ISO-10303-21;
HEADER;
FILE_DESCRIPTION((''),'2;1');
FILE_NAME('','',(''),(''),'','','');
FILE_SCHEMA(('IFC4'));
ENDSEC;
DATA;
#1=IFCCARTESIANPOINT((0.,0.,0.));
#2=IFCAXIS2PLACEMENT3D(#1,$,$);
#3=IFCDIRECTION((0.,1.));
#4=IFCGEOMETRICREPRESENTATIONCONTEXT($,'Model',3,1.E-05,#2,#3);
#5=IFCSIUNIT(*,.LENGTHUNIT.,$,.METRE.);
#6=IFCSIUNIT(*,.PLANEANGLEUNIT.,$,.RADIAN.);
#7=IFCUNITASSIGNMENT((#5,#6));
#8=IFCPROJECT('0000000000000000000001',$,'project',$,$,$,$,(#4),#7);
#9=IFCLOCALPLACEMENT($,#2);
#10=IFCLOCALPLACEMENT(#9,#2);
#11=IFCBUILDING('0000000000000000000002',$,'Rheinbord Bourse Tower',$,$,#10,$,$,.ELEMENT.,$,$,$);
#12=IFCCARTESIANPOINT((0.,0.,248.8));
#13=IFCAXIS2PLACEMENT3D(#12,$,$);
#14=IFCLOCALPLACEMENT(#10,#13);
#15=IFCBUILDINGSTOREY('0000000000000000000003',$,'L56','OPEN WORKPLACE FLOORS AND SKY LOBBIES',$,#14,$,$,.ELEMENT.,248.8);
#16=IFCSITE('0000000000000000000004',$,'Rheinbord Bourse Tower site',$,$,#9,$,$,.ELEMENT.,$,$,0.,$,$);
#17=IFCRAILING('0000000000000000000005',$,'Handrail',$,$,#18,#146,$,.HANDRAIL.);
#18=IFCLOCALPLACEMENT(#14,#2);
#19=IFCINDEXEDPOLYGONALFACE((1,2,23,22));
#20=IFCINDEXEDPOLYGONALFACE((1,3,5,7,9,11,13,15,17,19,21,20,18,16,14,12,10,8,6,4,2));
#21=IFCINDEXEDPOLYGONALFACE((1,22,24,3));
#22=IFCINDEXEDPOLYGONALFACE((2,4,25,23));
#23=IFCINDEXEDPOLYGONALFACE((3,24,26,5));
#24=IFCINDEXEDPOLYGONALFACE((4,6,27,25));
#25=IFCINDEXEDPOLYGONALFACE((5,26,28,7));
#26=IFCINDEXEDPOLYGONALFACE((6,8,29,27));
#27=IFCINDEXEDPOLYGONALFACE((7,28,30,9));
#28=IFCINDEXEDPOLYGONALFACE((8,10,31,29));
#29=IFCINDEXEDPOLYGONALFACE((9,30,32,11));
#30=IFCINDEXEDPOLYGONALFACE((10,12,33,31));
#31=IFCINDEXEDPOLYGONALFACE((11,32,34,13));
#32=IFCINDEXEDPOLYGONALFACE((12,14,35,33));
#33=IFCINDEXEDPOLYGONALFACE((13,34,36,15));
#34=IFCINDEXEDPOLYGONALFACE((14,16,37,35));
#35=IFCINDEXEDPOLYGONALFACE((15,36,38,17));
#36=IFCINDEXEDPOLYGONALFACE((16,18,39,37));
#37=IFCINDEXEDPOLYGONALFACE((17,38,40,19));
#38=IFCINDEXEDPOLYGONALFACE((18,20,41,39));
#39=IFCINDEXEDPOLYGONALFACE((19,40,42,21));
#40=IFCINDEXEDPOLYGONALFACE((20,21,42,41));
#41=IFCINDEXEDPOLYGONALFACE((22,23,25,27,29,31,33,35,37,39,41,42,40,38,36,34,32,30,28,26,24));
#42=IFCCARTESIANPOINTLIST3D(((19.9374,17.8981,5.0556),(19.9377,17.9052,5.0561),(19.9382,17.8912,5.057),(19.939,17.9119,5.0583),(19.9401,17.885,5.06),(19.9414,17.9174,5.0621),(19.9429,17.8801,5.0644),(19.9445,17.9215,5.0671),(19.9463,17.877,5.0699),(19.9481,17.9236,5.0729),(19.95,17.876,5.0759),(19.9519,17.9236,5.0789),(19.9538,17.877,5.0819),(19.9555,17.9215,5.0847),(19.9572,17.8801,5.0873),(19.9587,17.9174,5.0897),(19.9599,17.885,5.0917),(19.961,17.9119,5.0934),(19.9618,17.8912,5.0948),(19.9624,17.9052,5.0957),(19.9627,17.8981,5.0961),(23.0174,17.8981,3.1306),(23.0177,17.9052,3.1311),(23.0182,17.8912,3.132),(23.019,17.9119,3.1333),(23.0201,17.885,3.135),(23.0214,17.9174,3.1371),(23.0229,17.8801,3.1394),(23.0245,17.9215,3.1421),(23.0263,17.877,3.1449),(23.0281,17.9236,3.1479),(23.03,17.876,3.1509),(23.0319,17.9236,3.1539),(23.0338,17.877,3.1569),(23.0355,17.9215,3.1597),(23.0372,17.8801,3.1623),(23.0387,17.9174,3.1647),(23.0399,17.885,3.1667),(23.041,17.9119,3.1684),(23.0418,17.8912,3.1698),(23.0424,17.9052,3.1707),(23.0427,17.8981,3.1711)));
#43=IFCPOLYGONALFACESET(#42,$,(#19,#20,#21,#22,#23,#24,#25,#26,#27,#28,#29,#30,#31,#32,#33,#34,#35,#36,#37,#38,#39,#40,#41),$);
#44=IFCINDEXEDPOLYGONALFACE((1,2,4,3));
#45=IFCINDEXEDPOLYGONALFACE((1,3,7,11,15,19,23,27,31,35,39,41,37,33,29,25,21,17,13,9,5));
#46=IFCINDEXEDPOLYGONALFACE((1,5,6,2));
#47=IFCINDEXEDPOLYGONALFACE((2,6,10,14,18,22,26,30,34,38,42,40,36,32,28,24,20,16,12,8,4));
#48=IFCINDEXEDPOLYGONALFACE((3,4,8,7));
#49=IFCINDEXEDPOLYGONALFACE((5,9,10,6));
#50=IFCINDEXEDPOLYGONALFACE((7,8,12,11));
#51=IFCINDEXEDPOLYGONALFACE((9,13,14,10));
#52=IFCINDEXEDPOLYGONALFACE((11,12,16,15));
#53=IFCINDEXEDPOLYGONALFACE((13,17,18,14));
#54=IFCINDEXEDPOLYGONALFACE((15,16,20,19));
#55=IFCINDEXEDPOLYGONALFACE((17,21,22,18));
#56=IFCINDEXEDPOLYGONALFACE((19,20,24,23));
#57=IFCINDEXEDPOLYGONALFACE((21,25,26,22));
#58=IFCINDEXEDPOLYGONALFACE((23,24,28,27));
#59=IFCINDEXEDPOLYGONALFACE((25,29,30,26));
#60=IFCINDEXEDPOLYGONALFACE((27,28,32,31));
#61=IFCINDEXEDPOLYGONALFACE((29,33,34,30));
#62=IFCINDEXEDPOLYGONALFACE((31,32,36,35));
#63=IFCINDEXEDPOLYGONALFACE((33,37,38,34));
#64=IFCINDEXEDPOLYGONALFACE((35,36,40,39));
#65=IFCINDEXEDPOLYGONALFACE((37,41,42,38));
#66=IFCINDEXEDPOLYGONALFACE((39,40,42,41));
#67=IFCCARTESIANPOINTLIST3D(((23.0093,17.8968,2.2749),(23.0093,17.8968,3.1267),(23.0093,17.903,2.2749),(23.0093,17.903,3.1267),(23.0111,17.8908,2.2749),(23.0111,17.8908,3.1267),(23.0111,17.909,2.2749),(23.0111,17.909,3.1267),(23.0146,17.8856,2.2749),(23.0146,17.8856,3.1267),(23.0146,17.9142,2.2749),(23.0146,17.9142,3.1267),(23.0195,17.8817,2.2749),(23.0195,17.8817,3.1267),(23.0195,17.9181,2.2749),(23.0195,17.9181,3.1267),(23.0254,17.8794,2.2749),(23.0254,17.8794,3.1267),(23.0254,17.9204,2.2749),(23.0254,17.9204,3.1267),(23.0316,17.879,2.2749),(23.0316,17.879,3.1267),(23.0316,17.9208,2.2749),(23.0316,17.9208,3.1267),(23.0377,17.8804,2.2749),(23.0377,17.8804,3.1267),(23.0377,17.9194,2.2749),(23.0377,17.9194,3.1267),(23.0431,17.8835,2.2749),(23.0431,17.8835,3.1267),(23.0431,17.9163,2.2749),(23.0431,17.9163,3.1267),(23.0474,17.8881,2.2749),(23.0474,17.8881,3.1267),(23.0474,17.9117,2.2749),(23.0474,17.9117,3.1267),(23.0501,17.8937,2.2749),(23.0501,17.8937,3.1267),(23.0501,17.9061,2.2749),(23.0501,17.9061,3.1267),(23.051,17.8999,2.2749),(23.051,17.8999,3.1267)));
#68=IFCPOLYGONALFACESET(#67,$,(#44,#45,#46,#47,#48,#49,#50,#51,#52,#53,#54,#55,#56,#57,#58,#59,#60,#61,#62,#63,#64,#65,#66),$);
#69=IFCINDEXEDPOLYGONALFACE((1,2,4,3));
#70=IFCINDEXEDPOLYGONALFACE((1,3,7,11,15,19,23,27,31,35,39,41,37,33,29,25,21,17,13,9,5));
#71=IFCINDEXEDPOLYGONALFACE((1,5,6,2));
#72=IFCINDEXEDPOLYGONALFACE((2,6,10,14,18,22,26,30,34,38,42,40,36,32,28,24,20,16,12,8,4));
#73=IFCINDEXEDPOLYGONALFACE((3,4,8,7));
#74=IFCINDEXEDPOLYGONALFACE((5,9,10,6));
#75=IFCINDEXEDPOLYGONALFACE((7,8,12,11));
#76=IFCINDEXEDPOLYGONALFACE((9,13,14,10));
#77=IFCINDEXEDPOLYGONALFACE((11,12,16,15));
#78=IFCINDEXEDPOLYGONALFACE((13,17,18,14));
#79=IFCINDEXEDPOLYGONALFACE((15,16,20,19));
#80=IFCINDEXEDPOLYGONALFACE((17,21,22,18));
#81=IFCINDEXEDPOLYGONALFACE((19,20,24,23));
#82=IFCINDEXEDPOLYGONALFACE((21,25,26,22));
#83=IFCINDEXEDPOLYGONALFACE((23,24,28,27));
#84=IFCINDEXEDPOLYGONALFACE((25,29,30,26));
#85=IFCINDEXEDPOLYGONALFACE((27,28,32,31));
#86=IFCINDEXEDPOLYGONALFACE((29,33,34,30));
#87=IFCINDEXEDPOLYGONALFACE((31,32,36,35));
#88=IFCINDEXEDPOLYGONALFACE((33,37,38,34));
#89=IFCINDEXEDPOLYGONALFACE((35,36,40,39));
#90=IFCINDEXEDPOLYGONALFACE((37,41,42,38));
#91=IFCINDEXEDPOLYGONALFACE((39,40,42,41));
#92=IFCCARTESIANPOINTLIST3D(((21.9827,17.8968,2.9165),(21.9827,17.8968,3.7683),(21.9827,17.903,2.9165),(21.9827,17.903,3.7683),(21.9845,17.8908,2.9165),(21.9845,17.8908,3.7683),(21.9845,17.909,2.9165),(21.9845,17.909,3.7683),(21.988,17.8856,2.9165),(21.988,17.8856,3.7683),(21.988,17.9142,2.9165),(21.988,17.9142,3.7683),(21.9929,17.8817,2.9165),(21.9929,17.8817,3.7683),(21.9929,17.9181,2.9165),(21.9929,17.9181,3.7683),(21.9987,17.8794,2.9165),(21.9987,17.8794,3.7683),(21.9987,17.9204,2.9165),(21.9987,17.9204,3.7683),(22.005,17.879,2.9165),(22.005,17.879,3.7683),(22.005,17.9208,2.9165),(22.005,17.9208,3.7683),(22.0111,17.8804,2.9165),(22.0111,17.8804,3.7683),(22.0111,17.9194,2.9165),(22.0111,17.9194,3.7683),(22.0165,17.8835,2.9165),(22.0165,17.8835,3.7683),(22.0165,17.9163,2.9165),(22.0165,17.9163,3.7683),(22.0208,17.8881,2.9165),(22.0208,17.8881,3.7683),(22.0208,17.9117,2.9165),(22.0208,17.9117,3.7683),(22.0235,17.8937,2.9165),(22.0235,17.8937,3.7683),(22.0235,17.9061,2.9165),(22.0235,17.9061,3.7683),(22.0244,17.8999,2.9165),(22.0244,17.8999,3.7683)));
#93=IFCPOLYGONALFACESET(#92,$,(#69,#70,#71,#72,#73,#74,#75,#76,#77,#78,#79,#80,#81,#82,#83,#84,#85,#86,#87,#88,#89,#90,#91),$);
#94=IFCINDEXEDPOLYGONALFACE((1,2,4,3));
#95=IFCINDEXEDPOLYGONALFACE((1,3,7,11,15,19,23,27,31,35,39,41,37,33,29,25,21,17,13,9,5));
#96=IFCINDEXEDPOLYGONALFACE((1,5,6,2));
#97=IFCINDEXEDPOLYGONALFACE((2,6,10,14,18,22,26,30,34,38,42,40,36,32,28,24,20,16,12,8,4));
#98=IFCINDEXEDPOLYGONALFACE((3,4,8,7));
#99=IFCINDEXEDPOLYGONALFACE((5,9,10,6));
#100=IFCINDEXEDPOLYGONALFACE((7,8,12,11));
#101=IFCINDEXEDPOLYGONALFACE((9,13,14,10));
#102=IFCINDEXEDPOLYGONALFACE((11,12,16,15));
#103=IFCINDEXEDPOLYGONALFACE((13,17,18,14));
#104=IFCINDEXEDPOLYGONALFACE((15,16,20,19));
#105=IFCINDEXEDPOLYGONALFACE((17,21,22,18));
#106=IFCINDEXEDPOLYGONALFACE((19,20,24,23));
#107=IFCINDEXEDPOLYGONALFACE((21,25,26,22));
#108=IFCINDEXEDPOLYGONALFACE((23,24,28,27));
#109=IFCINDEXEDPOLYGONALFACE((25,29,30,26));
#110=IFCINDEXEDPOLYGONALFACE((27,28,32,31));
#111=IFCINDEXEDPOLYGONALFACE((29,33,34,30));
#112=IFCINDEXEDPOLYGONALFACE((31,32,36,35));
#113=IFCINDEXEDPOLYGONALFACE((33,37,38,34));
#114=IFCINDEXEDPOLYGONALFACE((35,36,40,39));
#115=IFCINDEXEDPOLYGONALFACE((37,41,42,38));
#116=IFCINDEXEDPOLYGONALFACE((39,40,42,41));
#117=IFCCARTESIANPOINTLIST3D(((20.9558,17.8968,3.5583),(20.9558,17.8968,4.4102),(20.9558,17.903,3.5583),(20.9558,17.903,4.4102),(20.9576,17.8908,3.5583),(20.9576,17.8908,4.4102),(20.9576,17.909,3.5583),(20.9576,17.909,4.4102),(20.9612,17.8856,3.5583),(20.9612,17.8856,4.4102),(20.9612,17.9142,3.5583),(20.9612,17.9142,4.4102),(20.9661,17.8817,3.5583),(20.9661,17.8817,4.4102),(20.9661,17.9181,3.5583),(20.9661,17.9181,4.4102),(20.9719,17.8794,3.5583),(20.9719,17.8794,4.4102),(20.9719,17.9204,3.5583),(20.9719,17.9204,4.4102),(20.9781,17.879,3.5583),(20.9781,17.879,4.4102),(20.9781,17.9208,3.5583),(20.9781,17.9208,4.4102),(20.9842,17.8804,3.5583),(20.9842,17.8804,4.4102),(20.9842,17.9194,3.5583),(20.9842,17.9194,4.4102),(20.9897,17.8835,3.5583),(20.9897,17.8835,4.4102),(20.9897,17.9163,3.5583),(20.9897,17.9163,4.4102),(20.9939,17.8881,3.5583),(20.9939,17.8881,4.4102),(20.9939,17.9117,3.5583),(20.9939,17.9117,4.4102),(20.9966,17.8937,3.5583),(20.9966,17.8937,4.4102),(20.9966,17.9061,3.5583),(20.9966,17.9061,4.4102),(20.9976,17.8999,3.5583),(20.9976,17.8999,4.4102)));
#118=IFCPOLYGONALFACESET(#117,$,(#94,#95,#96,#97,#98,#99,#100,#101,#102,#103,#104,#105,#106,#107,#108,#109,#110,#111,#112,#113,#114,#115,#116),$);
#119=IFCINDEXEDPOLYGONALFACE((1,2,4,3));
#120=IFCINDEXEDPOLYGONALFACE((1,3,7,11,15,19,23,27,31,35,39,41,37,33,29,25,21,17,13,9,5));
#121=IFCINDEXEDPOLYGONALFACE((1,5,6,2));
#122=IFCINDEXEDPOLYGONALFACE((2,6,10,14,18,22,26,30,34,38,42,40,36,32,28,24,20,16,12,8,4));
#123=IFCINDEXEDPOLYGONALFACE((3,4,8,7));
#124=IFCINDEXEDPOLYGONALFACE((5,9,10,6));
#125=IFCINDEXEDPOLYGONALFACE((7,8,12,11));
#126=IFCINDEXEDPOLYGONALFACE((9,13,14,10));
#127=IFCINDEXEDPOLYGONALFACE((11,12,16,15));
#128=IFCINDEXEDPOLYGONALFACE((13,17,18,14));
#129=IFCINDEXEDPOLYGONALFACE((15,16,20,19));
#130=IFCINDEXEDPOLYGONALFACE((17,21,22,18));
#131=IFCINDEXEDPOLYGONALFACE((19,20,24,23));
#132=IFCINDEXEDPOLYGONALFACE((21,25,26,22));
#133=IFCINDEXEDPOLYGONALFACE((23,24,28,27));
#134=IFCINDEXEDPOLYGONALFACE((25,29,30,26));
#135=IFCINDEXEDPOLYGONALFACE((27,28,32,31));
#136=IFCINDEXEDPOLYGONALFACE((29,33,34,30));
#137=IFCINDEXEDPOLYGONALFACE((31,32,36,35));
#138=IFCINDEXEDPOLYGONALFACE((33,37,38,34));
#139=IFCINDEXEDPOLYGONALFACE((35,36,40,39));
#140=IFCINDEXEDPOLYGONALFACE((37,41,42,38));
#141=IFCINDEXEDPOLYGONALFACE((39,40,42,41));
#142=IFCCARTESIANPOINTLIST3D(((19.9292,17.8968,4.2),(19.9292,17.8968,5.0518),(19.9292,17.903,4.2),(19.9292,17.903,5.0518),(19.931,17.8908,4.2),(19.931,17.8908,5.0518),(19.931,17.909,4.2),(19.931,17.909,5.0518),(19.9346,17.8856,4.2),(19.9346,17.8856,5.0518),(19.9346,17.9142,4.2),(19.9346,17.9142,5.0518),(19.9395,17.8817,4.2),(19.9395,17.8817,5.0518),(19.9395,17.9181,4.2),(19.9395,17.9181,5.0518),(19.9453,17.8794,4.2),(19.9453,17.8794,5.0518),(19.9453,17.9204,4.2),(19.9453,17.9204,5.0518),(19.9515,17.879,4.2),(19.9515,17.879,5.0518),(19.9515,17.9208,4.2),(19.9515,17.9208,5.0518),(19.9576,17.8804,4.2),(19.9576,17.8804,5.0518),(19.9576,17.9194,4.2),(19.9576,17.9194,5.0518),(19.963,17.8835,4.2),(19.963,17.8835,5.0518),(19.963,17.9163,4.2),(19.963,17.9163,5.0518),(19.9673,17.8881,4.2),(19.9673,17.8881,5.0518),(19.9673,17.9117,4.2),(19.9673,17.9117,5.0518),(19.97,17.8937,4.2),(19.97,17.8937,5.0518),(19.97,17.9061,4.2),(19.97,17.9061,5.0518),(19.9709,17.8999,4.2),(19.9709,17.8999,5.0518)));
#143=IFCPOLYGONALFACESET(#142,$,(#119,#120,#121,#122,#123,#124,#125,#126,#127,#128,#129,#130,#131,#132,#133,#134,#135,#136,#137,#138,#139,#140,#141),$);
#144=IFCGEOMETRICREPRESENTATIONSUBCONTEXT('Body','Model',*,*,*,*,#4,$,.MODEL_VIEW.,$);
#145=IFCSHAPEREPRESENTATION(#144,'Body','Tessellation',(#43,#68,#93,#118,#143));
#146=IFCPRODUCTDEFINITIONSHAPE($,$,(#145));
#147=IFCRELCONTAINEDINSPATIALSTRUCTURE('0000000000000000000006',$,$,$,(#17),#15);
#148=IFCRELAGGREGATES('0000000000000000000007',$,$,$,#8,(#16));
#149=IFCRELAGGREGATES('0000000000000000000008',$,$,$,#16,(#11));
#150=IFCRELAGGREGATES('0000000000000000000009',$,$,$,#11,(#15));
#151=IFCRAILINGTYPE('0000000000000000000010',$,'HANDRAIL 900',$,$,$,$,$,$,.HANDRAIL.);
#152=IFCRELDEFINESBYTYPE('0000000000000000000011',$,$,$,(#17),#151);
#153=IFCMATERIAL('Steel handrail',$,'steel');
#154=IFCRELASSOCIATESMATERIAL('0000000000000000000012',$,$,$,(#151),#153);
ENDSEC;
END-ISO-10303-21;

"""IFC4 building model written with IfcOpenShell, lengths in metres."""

from ifc_helpers import new_model, si_unit, direction, frame, origin, origin_2d, place, context, subcontext, project, spatial, circle, extrude, material, type_object, element, save


model = new_model("IFC4")

# Units and contexts
model_context = context("Model", 3, precision=1e-05, world=origin(), true_north=direction((0.0, 1.0)))
body_context = subcontext(model_context, "Body", "Model", "MODEL_VIEW")
ifc_project = project(units=[si_unit("LENGTHUNIT", "METRE"), si_unit("PLANEANGLEUNIT", "RADIAN")], contexts=[model_context])

# Site, building, storey
site_placement = place(None, origin())
site = spatial("IfcSite", under=ifc_project, at=site_placement, Name="Rheinbord Bourse Tower site", CompositionType="ELEMENT", RefElevation=0.0)
building_placement = place(site_placement, origin())
building = spatial("IfcBuilding", under=site, at=building_placement, Name="Rheinbord Bourse Tower", CompositionType="ELEMENT")
storey_placement = place(building_placement, frame((0.0, 0.0, 248.8)))
storey = spatial("IfcBuildingStorey", under=building, at=storey_placement, Name="L56", Description="OPEN WORKPLACE FLOORS AND SKY LOBBIES", CompositionType="ELEMENT", Elevation=248.8)

# Railing
ifc_material_1 = material(Name="Steel handrail", Category="steel")
railing_type = type_object("IfcRailingType", Name="HANDRAIL 900", PredefinedType="HANDRAIL", material=ifc_material_1)
railing_1_placement = place(storey_placement, frame((23.03, 17.8999, 2.2749)))
element("IfcRailing", 1, at=railing_1_placement, inside=storey, type_object=railing_type, Name="Handrail", PredefinedType="HANDRAIL", context=body_context, shape_type="SweptSolid", body=[
    extrude(circle(Radius=0.0239, at=origin_2d()), frame((0.0, 0.0, 0.876), z_axis=(-0.847998, 0.0, 0.529999), x_axis=(0.0, -1.0, 0.0)), (0.0, 0.0, 1.0), 3.6321),
    extrude(circle(Radius=0.021, at=origin_2d()), origin(), (0.0, 0.0, 1.0), 0.8518),
    extrude(circle(Radius=0.021, at=origin_2d()), frame((-1.0266, 0.0, 0.6416)), (0.0, 0.0, 1.0), 0.8518),
    extrude(circle(Radius=0.021, at=origin_2d()), frame((-2.0535, 0.0, 1.2834)), (0.0, 0.0, 1.0), 0.8518),
    extrude(circle(Radius=0.021, at=origin_2d()), frame((-3.0801, 0.0, 1.925)), (0.0, 0.0, 1.0), 0.8518),
])

save(model, "model.ifc")
